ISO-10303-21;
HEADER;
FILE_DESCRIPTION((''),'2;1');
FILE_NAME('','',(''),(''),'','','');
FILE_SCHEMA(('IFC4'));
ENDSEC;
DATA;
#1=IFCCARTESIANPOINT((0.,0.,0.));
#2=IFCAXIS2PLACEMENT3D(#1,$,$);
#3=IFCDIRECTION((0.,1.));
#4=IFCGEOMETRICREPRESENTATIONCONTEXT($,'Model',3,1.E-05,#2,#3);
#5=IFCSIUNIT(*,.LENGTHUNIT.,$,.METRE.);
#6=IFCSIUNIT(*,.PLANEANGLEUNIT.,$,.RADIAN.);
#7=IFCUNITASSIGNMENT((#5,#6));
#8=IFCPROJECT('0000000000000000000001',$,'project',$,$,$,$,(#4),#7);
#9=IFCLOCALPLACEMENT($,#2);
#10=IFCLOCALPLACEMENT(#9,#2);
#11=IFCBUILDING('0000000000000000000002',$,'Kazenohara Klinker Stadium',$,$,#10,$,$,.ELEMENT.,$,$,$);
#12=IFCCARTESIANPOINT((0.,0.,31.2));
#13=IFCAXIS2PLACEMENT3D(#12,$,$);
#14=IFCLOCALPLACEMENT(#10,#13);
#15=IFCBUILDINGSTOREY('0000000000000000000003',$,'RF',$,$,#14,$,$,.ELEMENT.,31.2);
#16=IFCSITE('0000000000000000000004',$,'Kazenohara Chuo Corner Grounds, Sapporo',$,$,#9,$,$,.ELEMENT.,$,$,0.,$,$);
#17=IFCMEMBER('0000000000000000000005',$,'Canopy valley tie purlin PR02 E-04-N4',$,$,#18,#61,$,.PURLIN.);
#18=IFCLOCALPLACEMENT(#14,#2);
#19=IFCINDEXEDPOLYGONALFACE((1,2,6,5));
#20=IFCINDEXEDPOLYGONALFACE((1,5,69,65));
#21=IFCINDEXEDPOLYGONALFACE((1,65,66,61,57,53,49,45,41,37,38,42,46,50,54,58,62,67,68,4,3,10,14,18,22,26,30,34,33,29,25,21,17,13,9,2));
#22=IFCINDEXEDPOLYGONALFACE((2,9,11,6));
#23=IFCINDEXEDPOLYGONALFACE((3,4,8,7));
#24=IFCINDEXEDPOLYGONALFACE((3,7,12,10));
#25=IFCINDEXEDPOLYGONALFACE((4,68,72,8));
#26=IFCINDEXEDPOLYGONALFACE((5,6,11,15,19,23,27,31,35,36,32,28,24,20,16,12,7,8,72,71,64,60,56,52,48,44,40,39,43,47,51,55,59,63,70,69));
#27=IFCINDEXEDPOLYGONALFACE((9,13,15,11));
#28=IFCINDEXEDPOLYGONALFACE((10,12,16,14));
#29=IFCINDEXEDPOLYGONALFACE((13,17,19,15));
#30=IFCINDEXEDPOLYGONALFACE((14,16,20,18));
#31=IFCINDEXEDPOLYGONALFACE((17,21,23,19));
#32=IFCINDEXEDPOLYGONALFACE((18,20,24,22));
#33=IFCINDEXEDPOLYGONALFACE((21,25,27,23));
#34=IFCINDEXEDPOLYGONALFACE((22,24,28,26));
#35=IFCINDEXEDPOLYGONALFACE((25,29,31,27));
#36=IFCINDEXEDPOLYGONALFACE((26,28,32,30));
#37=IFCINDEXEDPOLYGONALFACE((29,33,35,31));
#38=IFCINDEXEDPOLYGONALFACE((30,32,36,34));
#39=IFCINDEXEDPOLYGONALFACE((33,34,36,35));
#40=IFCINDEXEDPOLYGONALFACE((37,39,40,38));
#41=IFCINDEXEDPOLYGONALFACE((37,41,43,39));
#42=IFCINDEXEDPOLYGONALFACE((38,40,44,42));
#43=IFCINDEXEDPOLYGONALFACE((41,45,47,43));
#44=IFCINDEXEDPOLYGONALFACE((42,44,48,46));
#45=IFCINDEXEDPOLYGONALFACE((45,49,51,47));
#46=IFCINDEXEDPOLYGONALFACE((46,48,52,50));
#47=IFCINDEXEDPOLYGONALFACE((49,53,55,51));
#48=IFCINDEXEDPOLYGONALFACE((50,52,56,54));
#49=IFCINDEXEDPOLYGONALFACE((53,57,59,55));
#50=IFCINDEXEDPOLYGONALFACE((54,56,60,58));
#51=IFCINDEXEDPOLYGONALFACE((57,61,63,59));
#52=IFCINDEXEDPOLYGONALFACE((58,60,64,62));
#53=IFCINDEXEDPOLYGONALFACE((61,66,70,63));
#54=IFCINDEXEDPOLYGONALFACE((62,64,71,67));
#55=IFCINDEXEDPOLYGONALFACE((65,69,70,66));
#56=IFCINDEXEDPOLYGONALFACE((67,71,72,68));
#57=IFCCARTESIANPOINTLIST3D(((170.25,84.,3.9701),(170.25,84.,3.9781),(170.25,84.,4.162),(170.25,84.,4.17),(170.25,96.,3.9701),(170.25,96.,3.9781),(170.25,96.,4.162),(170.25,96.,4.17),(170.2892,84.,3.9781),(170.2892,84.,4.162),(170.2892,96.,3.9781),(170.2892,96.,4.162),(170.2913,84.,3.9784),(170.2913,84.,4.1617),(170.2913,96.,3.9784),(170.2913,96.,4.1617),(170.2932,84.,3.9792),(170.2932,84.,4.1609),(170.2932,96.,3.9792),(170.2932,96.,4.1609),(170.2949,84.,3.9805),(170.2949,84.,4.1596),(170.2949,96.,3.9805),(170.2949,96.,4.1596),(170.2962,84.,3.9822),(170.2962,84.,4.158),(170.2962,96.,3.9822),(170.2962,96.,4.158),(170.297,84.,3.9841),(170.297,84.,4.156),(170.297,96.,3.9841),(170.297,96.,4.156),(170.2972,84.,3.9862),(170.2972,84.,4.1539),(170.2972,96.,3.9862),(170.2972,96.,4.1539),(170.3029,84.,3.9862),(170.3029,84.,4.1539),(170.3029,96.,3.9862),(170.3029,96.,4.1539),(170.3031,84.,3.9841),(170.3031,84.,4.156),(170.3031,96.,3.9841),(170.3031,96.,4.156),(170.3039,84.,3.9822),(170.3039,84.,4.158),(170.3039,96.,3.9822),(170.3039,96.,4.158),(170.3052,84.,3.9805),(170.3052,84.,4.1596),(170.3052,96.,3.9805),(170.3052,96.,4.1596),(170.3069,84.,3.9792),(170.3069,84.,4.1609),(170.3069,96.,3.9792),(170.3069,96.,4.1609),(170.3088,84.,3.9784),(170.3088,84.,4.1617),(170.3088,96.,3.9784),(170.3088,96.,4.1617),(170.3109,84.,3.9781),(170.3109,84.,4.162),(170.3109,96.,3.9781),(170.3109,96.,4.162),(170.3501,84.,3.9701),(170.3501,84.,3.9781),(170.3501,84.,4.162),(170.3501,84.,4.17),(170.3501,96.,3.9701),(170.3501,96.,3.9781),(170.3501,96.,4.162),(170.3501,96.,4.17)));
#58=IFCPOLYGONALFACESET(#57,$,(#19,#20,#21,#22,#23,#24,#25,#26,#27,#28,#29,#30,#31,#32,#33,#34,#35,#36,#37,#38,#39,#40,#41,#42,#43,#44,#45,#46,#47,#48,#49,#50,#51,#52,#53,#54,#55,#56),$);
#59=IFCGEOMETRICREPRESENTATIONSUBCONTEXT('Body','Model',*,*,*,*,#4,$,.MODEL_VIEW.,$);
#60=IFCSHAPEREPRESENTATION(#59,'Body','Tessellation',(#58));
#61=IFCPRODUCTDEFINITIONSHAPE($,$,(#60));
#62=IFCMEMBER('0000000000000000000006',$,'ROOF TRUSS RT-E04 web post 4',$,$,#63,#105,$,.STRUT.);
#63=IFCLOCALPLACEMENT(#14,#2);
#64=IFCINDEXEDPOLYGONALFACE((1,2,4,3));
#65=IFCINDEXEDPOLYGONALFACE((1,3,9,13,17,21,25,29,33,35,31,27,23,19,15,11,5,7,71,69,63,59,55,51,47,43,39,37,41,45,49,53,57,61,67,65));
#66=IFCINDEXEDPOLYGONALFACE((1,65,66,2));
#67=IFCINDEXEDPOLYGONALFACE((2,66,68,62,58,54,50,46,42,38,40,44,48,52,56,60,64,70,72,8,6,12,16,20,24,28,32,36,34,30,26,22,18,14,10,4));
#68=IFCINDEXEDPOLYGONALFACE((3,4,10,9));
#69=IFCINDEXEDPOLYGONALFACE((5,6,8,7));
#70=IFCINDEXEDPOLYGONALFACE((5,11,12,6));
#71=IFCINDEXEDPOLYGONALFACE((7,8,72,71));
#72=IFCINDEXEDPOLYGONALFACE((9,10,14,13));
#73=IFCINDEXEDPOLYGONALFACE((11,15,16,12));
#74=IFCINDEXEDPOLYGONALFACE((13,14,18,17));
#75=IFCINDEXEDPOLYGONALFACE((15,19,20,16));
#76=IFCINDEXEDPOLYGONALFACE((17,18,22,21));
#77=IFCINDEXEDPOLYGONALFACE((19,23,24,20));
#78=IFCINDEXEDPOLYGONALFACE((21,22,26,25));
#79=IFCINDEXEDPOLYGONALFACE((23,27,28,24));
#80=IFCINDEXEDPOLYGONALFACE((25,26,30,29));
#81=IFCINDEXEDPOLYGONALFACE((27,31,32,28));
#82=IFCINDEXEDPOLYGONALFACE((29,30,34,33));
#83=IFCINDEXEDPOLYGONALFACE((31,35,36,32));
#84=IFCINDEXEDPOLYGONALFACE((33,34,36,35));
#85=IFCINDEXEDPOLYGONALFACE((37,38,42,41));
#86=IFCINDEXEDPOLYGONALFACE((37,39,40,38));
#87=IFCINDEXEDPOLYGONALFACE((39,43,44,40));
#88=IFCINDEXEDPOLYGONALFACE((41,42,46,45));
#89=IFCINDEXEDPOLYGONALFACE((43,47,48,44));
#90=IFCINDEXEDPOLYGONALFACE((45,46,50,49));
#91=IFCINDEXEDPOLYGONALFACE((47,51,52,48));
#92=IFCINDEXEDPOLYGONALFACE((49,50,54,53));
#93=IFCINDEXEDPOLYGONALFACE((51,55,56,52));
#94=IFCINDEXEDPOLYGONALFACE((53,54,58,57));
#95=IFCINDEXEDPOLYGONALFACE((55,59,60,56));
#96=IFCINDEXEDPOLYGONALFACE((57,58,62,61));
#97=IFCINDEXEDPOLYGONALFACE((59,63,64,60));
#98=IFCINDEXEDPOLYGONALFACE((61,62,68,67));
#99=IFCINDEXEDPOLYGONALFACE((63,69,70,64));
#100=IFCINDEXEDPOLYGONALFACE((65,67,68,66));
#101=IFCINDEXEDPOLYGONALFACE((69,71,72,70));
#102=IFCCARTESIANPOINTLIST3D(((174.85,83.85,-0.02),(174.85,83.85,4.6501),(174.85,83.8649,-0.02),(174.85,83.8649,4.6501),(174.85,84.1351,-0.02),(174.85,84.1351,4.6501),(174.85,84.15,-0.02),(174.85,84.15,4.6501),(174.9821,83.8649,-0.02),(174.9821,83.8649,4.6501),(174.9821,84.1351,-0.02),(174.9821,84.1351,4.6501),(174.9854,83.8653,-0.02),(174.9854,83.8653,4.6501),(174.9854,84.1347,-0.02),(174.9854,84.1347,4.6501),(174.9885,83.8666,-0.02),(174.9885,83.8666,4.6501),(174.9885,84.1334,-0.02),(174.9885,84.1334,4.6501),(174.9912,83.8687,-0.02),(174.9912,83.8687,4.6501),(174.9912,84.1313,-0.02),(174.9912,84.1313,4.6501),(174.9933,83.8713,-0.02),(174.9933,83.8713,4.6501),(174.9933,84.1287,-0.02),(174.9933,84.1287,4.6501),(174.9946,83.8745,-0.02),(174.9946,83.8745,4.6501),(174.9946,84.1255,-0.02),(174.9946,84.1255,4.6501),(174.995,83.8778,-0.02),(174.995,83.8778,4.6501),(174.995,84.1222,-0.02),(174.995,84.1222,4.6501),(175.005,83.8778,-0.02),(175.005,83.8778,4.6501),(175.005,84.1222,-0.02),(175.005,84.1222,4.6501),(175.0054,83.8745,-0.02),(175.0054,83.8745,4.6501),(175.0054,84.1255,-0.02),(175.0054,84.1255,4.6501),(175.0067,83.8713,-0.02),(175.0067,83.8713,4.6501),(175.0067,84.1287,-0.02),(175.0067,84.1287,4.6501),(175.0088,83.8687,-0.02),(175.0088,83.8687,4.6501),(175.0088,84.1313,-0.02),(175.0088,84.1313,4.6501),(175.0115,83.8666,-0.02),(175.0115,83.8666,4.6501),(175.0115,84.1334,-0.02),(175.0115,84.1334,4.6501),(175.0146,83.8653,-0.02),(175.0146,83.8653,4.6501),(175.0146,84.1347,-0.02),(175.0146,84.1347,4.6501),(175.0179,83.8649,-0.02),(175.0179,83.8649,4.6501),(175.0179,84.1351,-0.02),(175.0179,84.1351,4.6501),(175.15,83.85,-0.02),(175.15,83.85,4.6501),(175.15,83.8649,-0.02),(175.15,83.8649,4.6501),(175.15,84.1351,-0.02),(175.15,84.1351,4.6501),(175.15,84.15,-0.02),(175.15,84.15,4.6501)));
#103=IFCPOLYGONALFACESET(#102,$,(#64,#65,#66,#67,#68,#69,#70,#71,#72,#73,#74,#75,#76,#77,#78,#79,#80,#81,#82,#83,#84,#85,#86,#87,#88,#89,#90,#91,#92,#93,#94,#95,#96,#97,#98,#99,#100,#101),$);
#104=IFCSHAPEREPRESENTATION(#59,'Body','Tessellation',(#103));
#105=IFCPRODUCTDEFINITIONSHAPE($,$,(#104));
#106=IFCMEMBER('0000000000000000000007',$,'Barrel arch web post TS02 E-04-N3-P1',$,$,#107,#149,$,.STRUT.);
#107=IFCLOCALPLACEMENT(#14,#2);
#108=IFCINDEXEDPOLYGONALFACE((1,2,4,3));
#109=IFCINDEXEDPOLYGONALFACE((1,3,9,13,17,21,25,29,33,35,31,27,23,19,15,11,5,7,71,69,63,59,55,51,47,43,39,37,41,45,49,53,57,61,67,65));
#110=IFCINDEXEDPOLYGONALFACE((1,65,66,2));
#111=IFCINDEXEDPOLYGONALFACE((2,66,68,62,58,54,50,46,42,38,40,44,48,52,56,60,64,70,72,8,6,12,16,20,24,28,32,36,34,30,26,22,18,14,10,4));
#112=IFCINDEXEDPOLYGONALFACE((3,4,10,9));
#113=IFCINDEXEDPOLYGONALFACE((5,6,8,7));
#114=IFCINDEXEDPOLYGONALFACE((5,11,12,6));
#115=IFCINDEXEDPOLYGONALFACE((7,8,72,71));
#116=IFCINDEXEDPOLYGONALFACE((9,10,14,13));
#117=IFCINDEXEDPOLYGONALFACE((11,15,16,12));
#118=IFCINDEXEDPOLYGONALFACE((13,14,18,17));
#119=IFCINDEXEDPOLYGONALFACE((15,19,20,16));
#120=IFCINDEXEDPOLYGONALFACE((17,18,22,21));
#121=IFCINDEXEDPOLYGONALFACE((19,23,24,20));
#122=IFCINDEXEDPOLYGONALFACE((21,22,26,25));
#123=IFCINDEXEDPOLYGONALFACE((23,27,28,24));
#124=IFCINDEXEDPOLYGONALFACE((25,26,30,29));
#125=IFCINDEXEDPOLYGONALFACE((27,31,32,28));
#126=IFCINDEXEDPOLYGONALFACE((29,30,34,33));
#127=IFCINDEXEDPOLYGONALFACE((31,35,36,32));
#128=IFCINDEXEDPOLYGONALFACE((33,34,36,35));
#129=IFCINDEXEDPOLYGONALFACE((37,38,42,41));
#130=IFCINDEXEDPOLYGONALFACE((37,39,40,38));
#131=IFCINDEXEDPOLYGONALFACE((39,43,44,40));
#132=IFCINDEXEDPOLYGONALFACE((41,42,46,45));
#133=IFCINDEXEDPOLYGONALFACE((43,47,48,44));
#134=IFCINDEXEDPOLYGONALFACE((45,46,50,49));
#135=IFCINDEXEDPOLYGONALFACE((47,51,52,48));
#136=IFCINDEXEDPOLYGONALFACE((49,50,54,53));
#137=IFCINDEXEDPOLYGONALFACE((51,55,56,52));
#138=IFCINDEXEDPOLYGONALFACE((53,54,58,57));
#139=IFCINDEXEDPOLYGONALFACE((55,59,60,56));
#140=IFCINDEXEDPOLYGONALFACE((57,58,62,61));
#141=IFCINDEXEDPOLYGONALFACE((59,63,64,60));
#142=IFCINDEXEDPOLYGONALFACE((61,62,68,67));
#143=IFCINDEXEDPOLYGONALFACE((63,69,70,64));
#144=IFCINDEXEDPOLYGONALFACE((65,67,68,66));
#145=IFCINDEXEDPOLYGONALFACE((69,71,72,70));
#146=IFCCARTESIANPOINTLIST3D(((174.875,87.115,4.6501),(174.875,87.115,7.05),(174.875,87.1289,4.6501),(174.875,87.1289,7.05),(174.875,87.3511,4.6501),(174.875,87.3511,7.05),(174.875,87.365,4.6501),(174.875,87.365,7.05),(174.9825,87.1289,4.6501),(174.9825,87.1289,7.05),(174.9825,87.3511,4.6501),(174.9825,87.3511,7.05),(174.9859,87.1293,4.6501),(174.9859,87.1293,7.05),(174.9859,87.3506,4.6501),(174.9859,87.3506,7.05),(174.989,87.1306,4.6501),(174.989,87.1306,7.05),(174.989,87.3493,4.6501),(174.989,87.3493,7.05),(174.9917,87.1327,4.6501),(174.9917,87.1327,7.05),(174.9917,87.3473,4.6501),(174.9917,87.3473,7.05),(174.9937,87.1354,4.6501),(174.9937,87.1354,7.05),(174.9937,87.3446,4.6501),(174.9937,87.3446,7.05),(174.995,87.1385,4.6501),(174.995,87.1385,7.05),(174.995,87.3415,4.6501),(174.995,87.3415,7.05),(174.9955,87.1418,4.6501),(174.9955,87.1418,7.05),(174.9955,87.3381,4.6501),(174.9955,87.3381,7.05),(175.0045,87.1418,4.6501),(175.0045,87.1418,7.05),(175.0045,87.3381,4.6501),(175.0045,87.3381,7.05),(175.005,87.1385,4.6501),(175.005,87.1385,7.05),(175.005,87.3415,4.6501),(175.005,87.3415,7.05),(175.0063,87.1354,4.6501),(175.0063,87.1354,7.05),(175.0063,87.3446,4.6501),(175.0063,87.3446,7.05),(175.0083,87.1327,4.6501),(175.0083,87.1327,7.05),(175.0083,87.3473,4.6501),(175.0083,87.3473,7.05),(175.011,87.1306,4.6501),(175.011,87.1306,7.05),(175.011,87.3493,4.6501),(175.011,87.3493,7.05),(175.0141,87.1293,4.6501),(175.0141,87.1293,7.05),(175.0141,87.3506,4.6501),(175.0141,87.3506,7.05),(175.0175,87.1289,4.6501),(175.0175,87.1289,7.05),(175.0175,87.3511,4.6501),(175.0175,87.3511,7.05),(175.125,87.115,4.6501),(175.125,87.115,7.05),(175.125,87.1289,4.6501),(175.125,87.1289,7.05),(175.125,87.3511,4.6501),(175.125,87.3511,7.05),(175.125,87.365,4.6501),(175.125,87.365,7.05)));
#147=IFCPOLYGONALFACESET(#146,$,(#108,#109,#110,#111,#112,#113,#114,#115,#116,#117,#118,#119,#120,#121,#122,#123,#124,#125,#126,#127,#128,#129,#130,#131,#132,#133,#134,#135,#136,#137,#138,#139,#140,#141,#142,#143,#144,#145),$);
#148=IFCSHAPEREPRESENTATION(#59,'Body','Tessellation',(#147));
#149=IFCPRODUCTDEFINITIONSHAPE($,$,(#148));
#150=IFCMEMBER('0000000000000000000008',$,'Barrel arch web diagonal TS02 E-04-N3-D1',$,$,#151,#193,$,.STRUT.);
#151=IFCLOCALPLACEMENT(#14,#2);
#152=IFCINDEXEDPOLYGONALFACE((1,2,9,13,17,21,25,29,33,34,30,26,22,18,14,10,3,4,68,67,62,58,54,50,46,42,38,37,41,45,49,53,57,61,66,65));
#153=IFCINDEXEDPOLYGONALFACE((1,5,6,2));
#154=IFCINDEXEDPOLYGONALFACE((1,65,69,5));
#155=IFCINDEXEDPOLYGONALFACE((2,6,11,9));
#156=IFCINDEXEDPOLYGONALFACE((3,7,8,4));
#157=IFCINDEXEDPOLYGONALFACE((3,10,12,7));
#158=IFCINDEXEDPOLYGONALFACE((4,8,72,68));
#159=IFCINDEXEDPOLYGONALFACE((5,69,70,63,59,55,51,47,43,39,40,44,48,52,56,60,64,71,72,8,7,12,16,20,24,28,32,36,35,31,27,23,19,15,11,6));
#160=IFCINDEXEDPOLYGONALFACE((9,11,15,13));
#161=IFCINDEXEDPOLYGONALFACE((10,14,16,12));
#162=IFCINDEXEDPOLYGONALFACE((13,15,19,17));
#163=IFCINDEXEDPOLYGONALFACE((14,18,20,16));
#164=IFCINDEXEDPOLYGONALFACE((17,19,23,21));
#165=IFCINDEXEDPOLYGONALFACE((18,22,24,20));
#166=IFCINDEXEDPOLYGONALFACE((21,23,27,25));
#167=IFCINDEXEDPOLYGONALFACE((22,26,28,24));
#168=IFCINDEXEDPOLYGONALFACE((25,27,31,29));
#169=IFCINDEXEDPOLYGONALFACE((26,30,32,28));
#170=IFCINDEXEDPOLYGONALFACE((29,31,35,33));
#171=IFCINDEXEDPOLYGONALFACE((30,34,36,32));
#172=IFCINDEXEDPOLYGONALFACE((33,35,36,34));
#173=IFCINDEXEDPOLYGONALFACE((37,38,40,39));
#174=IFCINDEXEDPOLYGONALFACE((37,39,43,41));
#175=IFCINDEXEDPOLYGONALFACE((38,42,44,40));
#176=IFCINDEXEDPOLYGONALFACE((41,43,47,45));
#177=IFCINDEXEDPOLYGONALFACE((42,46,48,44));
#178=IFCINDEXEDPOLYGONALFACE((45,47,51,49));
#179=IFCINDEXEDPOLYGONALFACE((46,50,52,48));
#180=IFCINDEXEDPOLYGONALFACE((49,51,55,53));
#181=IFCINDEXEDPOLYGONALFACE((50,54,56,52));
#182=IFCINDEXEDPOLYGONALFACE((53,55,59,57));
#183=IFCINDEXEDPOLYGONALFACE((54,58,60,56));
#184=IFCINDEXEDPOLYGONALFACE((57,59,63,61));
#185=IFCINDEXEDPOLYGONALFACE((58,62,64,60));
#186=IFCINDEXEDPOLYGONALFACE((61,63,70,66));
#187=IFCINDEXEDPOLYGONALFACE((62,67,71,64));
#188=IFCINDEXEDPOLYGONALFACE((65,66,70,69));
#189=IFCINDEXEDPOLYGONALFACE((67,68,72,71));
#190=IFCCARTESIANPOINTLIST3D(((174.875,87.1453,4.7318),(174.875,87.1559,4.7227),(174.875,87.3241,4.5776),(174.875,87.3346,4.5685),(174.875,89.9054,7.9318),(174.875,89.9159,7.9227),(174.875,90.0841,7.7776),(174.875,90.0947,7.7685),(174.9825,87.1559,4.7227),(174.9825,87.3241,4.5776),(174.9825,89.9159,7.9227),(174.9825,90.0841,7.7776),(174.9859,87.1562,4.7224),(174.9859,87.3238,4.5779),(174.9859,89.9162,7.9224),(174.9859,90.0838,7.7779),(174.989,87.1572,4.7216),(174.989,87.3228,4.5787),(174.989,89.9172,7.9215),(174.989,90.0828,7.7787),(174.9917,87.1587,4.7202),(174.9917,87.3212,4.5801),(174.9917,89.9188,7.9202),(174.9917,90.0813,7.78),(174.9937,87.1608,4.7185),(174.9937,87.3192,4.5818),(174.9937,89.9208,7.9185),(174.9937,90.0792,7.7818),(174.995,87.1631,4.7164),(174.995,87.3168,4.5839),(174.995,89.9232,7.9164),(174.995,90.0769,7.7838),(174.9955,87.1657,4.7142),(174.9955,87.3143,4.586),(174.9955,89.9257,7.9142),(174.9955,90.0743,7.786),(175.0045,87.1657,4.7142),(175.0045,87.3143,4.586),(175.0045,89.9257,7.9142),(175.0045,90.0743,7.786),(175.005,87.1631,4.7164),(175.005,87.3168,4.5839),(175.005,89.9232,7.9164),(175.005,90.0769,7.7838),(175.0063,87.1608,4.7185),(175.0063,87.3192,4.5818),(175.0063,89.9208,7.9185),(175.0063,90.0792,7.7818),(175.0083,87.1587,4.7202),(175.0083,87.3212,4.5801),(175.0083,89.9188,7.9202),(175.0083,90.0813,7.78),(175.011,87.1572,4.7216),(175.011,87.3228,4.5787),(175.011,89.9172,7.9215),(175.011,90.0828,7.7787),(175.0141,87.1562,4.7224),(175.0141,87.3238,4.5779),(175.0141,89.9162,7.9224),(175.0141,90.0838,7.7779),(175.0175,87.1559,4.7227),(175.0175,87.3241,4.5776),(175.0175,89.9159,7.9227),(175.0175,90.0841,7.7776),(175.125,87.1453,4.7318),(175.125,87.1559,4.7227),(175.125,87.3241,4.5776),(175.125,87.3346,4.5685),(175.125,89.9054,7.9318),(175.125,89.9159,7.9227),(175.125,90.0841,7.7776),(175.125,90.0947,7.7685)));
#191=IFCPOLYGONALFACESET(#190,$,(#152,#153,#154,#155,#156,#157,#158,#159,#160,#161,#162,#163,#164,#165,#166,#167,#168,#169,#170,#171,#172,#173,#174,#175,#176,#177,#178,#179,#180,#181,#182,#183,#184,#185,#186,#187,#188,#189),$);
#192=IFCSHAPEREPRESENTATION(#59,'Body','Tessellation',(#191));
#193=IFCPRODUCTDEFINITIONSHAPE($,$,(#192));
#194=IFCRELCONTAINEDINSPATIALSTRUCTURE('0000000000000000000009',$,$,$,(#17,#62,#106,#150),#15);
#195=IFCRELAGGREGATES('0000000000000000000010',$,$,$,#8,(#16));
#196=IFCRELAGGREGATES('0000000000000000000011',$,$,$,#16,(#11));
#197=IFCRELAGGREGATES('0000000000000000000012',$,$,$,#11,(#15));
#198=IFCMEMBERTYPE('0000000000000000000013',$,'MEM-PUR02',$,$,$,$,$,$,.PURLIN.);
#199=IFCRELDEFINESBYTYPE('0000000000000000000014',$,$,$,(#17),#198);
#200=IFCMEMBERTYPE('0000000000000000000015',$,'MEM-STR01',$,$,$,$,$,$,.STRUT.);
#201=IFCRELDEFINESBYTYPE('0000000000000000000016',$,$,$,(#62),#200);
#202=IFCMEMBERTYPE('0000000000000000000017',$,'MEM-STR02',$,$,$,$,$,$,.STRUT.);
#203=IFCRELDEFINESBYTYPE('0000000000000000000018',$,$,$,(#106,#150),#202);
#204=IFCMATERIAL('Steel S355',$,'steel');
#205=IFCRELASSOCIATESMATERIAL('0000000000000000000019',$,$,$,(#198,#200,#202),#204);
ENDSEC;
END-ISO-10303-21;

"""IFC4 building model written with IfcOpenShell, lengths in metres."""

from ifc_helpers import new_model, si_unit, direction, frame, origin, origin_2d, place, context, subcontext, project, spatial, i_section, extrude, material, material_profile, profile_set, type_object, element, save


model = new_model("IFC4")

# Units and contexts
model_context = context("Model", 3, precision=1e-05, world=origin(), true_north=direction((0.0, 1.0)))
body_context = subcontext(model_context, "Body", "Model", "MODEL_VIEW")
ifc_project = project(units=[si_unit("LENGTHUNIT", "METRE"), si_unit("PLANEANGLEUNIT", "RADIAN")], contexts=[model_context])

# Site, building, storey
site_placement = place(None, origin())
site = spatial("IfcSite", under=ifc_project, at=site_placement, Name="Kazenohara Chuo Corner Grounds, Sapporo", CompositionType="ELEMENT", RefElevation=0.0)
building_placement = place(site_placement, origin())
building = spatial("IfcBuilding", under=site, at=building_placement, Name="Kazenohara Klinker Stadium", CompositionType="ELEMENT")
storey_placement = place(building_placement, frame((0.0, 0.0, 31.2)))
storey = spatial("IfcBuildingStorey", under=building, at=storey_placement, Name="RF", CompositionType="ELEMENT", Elevation=31.2)

# Members
ifc_material_1 = material(Name="Steel S355", Category="steel")
ifc_material_profile_1 = material_profile(ifc_material_1, i_section(OverallWidth=0.1001, OverallDepth=0.2, WebThickness=0.0056, FlangeThickness=0.0081, FilletRadius=0.0081, at=origin_2d()), Name="H-200x100x5.5x8")
ifc_profile_set_1 = profile_set([ifc_material_profile_1], Name="Steel S355")
member_type_1 = type_object("IfcMemberType", Name="MEM-PUR02", PredefinedType="PURLIN", material=ifc_profile_set_1)
member_1_placement = place(storey_placement, frame((170.3, 84.0, 4.0701), z_axis=(0.0, 1.0, 0.0), x_axis=(-1.0, 0.0, 0.0)))
element("IfcMember", 1, at=member_1_placement, inside=storey, type_object=member_type_1, Name="Canopy valley tie purlin PR02 E-04-N4", PredefinedType="PURLIN", context=body_context, shape_type="SweptSolid", body=[
    extrude(i_section(OverallWidth=0.1001, OverallDepth=0.2, WebThickness=0.0056, FlangeThickness=0.0081, FilletRadius=0.0081, at=origin_2d()), origin(), (0.0, 0.0, 1.0), 12.0),
])
ifc_material_profile_2 = material_profile(ifc_material_1, i_section(OverallWidth=0.3, OverallDepth=0.3, WebThickness=0.01, FlangeThickness=0.0149, FilletRadius=0.0129, at=origin_2d()), Name="H-300x300x10x15")
ifc_profile_set_2 = profile_set([ifc_material_profile_2], Name="Steel S355")
member_type_2 = type_object("IfcMemberType", Name="MEM-STR01", PredefinedType="STRUT", material=ifc_profile_set_2)
member_2_placement = place(storey_placement, frame((175.0, 84.0, -0.02), z_axis=(0.0, 0.0, 1.0), x_axis=(1.0, 0.0, 0.0)))
element("IfcMember", 2, at=member_2_placement, inside=storey, type_object=member_type_2, Name="ROOF TRUSS RT-E04 web post 4", PredefinedType="STRUT", context=body_context, shape_type="SweptSolid", body=[
    extrude(i_section(OverallWidth=0.3, OverallDepth=0.3, WebThickness=0.01, FlangeThickness=0.0149, FilletRadius=0.0129, at=origin_2d()), origin(), (0.0, 0.0, 1.0), 4.6702),
])
ifc_material_profile_3 = material_profile(ifc_material_1, i_section(OverallWidth=0.25, OverallDepth=0.25, WebThickness=0.009, FlangeThickness=0.0139, FilletRadius=0.0129, at=origin_2d()), Name="H-250x250x9x14")
ifc_profile_set_3 = profile_set([ifc_material_profile_3], Name="Steel S355")
member_type_3 = type_object("IfcMemberType", Name="MEM-STR02", PredefinedType="STRUT", material=ifc_profile_set_3)
member_3_placement = place(storey_placement, frame((175.0, 87.24, 4.6501), z_axis=(0.0, 0.0, 1.0), x_axis=(1.0, 0.0, 0.0)))
element("IfcMember", 3, at=member_3_placement, inside=storey, type_object=member_type_3, Name="Barrel arch web post TS02 E-04-N3-P1", PredefinedType="STRUT", context=body_context, shape_type="SweptSolid", body=[
    extrude(i_section(OverallWidth=0.25, OverallDepth=0.25, WebThickness=0.009, FlangeThickness=0.0139, FilletRadius=0.0129, at=origin_2d()), origin(), (0.0, 0.0, 1.0), 2.3999),
])
member_4_placement = place(storey_placement, frame((175.0, 87.24, 4.6501), z_axis=(0.0, 0.653134, 0.757242), x_axis=(-1.0, 0.0, 0.0)))
element("IfcMember", 4, at=member_4_placement, inside=storey, type_object=member_type_3, Name="Barrel arch web diagonal TS02 E-04-N3-D1", PredefinedType="STRUT", context=body_context, shape_type="SweptSolid", body=[
    extrude(i_section(OverallWidth=0.25, OverallDepth=0.25, WebThickness=0.009, FlangeThickness=0.0139, FilletRadius=0.0129, at=origin_2d()), origin(), (0.0, 0.0, 1.0), 4.2258),
])

save(model, "model.ifc")
